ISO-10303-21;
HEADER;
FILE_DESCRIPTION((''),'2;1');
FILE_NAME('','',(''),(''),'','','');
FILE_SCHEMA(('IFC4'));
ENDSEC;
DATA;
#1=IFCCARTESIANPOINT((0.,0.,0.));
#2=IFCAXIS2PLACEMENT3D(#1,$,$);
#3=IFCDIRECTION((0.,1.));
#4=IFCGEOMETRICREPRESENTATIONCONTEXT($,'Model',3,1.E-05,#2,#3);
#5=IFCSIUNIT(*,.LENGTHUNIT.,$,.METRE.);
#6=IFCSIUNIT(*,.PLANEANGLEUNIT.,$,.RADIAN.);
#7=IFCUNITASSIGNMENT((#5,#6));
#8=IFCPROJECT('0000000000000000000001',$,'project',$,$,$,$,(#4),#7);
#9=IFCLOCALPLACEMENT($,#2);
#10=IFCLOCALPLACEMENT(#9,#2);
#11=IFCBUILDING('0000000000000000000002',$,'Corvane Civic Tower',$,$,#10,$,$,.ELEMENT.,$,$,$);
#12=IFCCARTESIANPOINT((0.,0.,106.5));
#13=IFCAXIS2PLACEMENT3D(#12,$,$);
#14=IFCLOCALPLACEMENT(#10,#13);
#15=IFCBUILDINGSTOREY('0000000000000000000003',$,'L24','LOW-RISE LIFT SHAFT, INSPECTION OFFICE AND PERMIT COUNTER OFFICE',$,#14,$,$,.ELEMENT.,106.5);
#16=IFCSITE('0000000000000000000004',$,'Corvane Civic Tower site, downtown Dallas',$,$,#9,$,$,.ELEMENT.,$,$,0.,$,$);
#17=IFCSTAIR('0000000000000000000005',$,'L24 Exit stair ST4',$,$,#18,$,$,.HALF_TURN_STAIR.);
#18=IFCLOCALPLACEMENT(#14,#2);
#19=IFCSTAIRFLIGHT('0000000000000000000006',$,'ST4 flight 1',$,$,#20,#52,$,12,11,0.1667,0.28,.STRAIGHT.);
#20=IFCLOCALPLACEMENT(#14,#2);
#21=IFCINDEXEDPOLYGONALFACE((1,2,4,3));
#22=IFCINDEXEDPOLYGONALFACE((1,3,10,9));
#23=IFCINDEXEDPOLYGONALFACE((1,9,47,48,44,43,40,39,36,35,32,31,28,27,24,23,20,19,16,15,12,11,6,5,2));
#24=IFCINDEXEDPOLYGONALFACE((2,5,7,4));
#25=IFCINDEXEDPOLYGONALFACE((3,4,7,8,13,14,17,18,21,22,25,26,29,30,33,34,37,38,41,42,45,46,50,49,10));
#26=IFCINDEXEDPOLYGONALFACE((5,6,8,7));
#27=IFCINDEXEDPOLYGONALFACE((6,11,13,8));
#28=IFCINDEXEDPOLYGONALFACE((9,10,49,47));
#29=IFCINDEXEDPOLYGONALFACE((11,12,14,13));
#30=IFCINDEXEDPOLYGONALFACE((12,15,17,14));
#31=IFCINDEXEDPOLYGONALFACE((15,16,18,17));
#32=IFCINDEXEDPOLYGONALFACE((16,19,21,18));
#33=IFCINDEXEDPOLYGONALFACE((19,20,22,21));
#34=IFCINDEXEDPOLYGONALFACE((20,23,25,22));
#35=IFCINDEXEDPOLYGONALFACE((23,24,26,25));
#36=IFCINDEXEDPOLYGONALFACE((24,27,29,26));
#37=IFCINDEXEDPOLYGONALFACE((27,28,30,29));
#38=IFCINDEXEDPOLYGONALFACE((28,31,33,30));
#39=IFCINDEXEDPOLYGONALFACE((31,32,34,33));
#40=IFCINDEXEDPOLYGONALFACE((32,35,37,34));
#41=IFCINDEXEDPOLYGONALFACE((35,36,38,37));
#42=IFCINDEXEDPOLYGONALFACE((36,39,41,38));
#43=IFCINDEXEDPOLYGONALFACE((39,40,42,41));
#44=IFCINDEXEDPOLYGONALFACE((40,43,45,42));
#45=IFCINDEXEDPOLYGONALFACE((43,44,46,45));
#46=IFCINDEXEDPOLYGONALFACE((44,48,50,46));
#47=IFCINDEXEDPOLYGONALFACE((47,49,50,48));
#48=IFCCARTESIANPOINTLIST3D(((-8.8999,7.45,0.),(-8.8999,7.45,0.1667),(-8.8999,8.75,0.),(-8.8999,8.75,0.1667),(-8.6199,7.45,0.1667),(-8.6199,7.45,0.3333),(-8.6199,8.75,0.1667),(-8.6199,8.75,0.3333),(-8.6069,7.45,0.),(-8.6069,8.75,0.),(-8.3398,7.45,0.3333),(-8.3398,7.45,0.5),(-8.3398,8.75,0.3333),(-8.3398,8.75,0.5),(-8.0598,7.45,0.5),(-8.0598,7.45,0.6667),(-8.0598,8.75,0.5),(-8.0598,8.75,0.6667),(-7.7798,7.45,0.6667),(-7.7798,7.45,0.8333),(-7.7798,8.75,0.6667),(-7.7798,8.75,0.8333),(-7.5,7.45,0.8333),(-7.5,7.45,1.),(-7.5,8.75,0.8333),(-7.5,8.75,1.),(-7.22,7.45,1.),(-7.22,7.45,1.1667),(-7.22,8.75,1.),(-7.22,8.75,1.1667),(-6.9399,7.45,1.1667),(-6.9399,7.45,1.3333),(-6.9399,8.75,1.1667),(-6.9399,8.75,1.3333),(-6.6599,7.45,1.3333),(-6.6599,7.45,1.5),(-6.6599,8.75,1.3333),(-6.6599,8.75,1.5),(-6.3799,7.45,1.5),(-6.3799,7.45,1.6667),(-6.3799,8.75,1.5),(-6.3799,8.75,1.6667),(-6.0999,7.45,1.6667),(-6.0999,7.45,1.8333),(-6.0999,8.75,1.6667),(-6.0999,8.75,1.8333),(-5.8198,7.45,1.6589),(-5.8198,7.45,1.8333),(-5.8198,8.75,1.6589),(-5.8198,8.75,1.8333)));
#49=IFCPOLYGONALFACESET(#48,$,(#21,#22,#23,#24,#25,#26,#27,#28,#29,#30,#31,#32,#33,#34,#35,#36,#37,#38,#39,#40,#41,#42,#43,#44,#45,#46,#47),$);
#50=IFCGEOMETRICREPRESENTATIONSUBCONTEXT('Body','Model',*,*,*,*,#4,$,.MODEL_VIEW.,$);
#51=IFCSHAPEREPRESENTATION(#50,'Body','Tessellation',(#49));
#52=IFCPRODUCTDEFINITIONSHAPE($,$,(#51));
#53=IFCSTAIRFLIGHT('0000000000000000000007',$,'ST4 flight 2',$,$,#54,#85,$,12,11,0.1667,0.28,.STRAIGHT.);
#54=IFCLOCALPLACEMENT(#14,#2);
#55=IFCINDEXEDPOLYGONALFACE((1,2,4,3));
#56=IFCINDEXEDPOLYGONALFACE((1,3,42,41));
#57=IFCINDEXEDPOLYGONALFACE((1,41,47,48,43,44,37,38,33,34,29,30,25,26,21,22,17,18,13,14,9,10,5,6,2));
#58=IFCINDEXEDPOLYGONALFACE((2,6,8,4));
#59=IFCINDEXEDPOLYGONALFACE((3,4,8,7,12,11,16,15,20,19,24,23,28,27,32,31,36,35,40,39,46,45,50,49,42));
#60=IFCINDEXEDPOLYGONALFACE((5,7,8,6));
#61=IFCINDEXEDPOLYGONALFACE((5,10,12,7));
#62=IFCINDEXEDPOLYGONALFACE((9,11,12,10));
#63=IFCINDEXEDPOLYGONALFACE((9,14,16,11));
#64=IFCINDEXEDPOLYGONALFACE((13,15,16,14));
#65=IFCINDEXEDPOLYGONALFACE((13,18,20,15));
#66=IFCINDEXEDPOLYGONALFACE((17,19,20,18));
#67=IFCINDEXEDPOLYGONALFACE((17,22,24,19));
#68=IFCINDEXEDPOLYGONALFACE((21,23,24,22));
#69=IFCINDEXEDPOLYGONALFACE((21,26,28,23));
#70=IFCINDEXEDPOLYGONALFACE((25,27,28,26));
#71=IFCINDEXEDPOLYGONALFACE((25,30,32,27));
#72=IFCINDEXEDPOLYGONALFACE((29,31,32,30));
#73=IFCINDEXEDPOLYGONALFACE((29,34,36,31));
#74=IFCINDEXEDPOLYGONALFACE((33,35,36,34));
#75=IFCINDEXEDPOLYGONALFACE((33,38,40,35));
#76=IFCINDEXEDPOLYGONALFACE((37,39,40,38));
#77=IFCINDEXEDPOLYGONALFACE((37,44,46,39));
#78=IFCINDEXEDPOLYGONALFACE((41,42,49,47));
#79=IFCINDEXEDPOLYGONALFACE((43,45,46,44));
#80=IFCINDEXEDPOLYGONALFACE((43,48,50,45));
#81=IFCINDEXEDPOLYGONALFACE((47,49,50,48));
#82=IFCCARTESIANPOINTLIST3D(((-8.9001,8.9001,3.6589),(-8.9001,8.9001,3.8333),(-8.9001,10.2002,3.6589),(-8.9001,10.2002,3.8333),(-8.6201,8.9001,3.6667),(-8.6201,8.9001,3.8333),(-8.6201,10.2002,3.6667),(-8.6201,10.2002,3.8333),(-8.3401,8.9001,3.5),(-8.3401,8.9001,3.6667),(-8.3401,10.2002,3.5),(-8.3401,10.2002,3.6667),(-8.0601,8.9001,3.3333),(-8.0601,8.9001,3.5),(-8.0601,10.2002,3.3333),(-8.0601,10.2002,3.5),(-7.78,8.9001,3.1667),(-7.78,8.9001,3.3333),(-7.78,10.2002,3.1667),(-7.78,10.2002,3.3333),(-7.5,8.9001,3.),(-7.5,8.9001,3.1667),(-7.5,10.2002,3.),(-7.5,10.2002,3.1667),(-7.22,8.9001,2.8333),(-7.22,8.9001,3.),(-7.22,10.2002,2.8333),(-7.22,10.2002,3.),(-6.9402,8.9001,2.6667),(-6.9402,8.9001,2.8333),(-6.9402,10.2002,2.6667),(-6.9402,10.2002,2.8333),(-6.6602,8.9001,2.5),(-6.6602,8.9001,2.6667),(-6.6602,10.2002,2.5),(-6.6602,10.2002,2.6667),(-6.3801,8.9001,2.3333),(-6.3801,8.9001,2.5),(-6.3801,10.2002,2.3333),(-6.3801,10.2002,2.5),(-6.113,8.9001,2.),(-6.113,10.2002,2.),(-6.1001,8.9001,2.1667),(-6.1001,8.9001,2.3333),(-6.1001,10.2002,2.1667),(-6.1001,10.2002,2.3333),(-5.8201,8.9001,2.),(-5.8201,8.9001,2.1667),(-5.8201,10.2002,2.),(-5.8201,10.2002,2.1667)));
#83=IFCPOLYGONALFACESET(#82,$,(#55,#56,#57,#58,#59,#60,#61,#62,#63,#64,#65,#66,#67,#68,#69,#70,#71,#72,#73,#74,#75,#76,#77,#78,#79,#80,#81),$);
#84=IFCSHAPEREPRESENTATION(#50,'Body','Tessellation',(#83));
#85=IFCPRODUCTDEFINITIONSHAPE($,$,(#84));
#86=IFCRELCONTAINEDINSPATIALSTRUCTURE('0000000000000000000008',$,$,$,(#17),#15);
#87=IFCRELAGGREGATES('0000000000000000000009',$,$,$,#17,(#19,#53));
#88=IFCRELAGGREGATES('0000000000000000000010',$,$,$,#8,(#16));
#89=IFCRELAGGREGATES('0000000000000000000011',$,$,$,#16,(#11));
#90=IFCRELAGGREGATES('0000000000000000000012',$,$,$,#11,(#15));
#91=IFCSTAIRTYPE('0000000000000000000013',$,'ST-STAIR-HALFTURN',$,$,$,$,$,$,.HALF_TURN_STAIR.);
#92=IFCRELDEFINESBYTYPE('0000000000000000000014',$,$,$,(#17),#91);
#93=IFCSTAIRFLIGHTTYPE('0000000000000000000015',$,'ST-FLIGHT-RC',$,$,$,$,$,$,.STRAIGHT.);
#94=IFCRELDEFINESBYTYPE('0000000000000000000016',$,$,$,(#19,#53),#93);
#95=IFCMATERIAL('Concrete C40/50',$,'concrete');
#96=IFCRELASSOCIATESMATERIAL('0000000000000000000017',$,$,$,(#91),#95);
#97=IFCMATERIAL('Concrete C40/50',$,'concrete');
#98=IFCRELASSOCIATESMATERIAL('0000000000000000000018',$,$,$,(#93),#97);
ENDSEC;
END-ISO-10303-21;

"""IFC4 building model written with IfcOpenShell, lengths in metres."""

from ifc_helpers import new_model, si_unit, direction, frame, origin, place, context, subcontext, project, spatial, polyline, outline, extrude, material, type_object, element, aggregate, save


model = new_model("IFC4")

# Units and contexts
model_context = context("Model", 3, precision=1e-05, world=origin(), true_north=direction((0.0, 1.0)))
body_context = subcontext(model_context, "Body", "Model", "MODEL_VIEW")
ifc_project = project(units=[si_unit("LENGTHUNIT", "METRE"), si_unit("PLANEANGLEUNIT", "RADIAN")], contexts=[model_context])

# Site, building, storey
site_placement = place(None, origin())
site = spatial("IfcSite", under=ifc_project, at=site_placement, Name="Corvane Civic Tower site, downtown Dallas", CompositionType="ELEMENT", RefElevation=0.0)
building_placement = place(site_placement, origin())
building = spatial("IfcBuilding", under=site, at=building_placement, Name="Corvane Civic Tower", CompositionType="ELEMENT")
storey_placement = place(building_placement, frame((0.0, 0.0, 106.5)))
storey = spatial("IfcBuildingStorey", under=building, at=storey_placement, Name="L24", Description="LOW-RISE LIFT SHAFT, INSPECTION OFFICE AND PERMIT COUNTER OFFICE", CompositionType="ELEMENT", Elevation=106.5)

# Stair, stair flights
ifc_material_1 = material(Name="Concrete C40/50", Category="concrete")
stair_type = type_object("IfcStairType", Name="ST-STAIR-HALFTURN", PredefinedType="HALF_TURN_STAIR", material=ifc_material_1)
stair_placement = place(storey_placement, origin())
stair = element("IfcStair", 1, at=stair_placement, inside=storey, type_object=stair_type, Name="L24 Exit stair ST4", PredefinedType="HALF_TURN_STAIR")
ifc_material_2 = material(Name="Concrete C40/50", Category="concrete")
stair_flight_type = type_object("IfcStairFlightType", Name="ST-FLIGHT-RC", PredefinedType="STRAIGHT", material=ifc_material_2)
stair_flight_1_placement = place(storey_placement, frame((-8.8999, 8.1001, 0.0), z_axis=(0.0, 0.0, 1.0), x_axis=(1.0, 0.0, 0.0)))
stair_flight_1 = element("IfcStairFlight", 2, at=stair_flight_1_placement, type_object=stair_flight_type, Name="ST4 flight 1", NumberOfRisers=12, NumberOfTreads=11, PredefinedType="STRAIGHT", RiserHeight=0.1667, TreadLength=0.28, context=body_context, shape_type="SweptSolid", body=[
    extrude(outline(polyline([(0.0, 0.0), (0.0, 0.1667), (0.28, 0.1667), (0.28, 0.3333), (0.5601, 0.3333), (0.5601, 0.5), (0.8401, 0.5), (0.8401, 0.6667), (1.1201, 0.6667), (1.1201, 0.8333), (1.3999, 0.8333), (1.3999, 1.0), (1.6799, 1.0), (1.6799, 1.1667), (1.96, 1.1667), (1.96, 1.3333), (2.24, 1.3333), (2.24, 1.5), (2.52, 1.5), (2.52, 1.6667), (2.8, 1.6667), (2.8, 1.8333), (3.0801, 1.8333), (3.0801, 2.0), (3.0801, 1.6589), (0.293, 0.0), (0.0, 0.0)])), frame((0.0, 0.6499, 0.0), z_axis=(0.0, -1.0, 0.0), x_axis=(1.0, 0.0, 0.0)), (0.0, 0.0, 1.0), 1.3),
])
stair_flight_2_placement = place(storey_placement, frame((-5.8201, 9.55, 2.0), z_axis=(0.0, 0.0, 1.0), x_axis=(-1.0, 0.0, 0.0)))
stair_flight_2 = element("IfcStairFlight", 3, at=stair_flight_2_placement, type_object=stair_flight_type, Name="ST4 flight 2", NumberOfRisers=12, NumberOfTreads=11, PredefinedType="STRAIGHT", RiserHeight=0.1667, TreadLength=0.28, context=body_context, shape_type="SweptSolid", body=[
    extrude(outline(polyline([(0.0, 0.0), (0.0, 0.1667), (0.28, 0.1667), (0.28, 0.3333), (0.5601, 0.3333), (0.5601, 0.5), (0.8401, 0.5), (0.8401, 0.6667), (1.1201, 0.6667), (1.1201, 0.8333), (1.3999, 0.8333), (1.3999, 1.0), (1.6799, 1.0), (1.6799, 1.1667), (1.96, 1.1667), (1.96, 1.3333), (2.24, 1.3333), (2.24, 1.5), (2.52, 1.5), (2.52, 1.6667), (2.8, 1.6667), (2.8, 1.8333), (3.0801, 1.8333), (3.0801, 2.0), (3.0801, 1.6589), (0.293, 0.0), (0.0, 0.0)])), frame((0.0, 0.6499, 0.0), z_axis=(0.0, -1.0, 0.0), x_axis=(1.0, 0.0, 0.0)), (0.0, 0.0, 1.0), 1.3),
])
aggregate(stair, [stair_flight_1, stair_flight_2])

save(model, "model.ifc")
